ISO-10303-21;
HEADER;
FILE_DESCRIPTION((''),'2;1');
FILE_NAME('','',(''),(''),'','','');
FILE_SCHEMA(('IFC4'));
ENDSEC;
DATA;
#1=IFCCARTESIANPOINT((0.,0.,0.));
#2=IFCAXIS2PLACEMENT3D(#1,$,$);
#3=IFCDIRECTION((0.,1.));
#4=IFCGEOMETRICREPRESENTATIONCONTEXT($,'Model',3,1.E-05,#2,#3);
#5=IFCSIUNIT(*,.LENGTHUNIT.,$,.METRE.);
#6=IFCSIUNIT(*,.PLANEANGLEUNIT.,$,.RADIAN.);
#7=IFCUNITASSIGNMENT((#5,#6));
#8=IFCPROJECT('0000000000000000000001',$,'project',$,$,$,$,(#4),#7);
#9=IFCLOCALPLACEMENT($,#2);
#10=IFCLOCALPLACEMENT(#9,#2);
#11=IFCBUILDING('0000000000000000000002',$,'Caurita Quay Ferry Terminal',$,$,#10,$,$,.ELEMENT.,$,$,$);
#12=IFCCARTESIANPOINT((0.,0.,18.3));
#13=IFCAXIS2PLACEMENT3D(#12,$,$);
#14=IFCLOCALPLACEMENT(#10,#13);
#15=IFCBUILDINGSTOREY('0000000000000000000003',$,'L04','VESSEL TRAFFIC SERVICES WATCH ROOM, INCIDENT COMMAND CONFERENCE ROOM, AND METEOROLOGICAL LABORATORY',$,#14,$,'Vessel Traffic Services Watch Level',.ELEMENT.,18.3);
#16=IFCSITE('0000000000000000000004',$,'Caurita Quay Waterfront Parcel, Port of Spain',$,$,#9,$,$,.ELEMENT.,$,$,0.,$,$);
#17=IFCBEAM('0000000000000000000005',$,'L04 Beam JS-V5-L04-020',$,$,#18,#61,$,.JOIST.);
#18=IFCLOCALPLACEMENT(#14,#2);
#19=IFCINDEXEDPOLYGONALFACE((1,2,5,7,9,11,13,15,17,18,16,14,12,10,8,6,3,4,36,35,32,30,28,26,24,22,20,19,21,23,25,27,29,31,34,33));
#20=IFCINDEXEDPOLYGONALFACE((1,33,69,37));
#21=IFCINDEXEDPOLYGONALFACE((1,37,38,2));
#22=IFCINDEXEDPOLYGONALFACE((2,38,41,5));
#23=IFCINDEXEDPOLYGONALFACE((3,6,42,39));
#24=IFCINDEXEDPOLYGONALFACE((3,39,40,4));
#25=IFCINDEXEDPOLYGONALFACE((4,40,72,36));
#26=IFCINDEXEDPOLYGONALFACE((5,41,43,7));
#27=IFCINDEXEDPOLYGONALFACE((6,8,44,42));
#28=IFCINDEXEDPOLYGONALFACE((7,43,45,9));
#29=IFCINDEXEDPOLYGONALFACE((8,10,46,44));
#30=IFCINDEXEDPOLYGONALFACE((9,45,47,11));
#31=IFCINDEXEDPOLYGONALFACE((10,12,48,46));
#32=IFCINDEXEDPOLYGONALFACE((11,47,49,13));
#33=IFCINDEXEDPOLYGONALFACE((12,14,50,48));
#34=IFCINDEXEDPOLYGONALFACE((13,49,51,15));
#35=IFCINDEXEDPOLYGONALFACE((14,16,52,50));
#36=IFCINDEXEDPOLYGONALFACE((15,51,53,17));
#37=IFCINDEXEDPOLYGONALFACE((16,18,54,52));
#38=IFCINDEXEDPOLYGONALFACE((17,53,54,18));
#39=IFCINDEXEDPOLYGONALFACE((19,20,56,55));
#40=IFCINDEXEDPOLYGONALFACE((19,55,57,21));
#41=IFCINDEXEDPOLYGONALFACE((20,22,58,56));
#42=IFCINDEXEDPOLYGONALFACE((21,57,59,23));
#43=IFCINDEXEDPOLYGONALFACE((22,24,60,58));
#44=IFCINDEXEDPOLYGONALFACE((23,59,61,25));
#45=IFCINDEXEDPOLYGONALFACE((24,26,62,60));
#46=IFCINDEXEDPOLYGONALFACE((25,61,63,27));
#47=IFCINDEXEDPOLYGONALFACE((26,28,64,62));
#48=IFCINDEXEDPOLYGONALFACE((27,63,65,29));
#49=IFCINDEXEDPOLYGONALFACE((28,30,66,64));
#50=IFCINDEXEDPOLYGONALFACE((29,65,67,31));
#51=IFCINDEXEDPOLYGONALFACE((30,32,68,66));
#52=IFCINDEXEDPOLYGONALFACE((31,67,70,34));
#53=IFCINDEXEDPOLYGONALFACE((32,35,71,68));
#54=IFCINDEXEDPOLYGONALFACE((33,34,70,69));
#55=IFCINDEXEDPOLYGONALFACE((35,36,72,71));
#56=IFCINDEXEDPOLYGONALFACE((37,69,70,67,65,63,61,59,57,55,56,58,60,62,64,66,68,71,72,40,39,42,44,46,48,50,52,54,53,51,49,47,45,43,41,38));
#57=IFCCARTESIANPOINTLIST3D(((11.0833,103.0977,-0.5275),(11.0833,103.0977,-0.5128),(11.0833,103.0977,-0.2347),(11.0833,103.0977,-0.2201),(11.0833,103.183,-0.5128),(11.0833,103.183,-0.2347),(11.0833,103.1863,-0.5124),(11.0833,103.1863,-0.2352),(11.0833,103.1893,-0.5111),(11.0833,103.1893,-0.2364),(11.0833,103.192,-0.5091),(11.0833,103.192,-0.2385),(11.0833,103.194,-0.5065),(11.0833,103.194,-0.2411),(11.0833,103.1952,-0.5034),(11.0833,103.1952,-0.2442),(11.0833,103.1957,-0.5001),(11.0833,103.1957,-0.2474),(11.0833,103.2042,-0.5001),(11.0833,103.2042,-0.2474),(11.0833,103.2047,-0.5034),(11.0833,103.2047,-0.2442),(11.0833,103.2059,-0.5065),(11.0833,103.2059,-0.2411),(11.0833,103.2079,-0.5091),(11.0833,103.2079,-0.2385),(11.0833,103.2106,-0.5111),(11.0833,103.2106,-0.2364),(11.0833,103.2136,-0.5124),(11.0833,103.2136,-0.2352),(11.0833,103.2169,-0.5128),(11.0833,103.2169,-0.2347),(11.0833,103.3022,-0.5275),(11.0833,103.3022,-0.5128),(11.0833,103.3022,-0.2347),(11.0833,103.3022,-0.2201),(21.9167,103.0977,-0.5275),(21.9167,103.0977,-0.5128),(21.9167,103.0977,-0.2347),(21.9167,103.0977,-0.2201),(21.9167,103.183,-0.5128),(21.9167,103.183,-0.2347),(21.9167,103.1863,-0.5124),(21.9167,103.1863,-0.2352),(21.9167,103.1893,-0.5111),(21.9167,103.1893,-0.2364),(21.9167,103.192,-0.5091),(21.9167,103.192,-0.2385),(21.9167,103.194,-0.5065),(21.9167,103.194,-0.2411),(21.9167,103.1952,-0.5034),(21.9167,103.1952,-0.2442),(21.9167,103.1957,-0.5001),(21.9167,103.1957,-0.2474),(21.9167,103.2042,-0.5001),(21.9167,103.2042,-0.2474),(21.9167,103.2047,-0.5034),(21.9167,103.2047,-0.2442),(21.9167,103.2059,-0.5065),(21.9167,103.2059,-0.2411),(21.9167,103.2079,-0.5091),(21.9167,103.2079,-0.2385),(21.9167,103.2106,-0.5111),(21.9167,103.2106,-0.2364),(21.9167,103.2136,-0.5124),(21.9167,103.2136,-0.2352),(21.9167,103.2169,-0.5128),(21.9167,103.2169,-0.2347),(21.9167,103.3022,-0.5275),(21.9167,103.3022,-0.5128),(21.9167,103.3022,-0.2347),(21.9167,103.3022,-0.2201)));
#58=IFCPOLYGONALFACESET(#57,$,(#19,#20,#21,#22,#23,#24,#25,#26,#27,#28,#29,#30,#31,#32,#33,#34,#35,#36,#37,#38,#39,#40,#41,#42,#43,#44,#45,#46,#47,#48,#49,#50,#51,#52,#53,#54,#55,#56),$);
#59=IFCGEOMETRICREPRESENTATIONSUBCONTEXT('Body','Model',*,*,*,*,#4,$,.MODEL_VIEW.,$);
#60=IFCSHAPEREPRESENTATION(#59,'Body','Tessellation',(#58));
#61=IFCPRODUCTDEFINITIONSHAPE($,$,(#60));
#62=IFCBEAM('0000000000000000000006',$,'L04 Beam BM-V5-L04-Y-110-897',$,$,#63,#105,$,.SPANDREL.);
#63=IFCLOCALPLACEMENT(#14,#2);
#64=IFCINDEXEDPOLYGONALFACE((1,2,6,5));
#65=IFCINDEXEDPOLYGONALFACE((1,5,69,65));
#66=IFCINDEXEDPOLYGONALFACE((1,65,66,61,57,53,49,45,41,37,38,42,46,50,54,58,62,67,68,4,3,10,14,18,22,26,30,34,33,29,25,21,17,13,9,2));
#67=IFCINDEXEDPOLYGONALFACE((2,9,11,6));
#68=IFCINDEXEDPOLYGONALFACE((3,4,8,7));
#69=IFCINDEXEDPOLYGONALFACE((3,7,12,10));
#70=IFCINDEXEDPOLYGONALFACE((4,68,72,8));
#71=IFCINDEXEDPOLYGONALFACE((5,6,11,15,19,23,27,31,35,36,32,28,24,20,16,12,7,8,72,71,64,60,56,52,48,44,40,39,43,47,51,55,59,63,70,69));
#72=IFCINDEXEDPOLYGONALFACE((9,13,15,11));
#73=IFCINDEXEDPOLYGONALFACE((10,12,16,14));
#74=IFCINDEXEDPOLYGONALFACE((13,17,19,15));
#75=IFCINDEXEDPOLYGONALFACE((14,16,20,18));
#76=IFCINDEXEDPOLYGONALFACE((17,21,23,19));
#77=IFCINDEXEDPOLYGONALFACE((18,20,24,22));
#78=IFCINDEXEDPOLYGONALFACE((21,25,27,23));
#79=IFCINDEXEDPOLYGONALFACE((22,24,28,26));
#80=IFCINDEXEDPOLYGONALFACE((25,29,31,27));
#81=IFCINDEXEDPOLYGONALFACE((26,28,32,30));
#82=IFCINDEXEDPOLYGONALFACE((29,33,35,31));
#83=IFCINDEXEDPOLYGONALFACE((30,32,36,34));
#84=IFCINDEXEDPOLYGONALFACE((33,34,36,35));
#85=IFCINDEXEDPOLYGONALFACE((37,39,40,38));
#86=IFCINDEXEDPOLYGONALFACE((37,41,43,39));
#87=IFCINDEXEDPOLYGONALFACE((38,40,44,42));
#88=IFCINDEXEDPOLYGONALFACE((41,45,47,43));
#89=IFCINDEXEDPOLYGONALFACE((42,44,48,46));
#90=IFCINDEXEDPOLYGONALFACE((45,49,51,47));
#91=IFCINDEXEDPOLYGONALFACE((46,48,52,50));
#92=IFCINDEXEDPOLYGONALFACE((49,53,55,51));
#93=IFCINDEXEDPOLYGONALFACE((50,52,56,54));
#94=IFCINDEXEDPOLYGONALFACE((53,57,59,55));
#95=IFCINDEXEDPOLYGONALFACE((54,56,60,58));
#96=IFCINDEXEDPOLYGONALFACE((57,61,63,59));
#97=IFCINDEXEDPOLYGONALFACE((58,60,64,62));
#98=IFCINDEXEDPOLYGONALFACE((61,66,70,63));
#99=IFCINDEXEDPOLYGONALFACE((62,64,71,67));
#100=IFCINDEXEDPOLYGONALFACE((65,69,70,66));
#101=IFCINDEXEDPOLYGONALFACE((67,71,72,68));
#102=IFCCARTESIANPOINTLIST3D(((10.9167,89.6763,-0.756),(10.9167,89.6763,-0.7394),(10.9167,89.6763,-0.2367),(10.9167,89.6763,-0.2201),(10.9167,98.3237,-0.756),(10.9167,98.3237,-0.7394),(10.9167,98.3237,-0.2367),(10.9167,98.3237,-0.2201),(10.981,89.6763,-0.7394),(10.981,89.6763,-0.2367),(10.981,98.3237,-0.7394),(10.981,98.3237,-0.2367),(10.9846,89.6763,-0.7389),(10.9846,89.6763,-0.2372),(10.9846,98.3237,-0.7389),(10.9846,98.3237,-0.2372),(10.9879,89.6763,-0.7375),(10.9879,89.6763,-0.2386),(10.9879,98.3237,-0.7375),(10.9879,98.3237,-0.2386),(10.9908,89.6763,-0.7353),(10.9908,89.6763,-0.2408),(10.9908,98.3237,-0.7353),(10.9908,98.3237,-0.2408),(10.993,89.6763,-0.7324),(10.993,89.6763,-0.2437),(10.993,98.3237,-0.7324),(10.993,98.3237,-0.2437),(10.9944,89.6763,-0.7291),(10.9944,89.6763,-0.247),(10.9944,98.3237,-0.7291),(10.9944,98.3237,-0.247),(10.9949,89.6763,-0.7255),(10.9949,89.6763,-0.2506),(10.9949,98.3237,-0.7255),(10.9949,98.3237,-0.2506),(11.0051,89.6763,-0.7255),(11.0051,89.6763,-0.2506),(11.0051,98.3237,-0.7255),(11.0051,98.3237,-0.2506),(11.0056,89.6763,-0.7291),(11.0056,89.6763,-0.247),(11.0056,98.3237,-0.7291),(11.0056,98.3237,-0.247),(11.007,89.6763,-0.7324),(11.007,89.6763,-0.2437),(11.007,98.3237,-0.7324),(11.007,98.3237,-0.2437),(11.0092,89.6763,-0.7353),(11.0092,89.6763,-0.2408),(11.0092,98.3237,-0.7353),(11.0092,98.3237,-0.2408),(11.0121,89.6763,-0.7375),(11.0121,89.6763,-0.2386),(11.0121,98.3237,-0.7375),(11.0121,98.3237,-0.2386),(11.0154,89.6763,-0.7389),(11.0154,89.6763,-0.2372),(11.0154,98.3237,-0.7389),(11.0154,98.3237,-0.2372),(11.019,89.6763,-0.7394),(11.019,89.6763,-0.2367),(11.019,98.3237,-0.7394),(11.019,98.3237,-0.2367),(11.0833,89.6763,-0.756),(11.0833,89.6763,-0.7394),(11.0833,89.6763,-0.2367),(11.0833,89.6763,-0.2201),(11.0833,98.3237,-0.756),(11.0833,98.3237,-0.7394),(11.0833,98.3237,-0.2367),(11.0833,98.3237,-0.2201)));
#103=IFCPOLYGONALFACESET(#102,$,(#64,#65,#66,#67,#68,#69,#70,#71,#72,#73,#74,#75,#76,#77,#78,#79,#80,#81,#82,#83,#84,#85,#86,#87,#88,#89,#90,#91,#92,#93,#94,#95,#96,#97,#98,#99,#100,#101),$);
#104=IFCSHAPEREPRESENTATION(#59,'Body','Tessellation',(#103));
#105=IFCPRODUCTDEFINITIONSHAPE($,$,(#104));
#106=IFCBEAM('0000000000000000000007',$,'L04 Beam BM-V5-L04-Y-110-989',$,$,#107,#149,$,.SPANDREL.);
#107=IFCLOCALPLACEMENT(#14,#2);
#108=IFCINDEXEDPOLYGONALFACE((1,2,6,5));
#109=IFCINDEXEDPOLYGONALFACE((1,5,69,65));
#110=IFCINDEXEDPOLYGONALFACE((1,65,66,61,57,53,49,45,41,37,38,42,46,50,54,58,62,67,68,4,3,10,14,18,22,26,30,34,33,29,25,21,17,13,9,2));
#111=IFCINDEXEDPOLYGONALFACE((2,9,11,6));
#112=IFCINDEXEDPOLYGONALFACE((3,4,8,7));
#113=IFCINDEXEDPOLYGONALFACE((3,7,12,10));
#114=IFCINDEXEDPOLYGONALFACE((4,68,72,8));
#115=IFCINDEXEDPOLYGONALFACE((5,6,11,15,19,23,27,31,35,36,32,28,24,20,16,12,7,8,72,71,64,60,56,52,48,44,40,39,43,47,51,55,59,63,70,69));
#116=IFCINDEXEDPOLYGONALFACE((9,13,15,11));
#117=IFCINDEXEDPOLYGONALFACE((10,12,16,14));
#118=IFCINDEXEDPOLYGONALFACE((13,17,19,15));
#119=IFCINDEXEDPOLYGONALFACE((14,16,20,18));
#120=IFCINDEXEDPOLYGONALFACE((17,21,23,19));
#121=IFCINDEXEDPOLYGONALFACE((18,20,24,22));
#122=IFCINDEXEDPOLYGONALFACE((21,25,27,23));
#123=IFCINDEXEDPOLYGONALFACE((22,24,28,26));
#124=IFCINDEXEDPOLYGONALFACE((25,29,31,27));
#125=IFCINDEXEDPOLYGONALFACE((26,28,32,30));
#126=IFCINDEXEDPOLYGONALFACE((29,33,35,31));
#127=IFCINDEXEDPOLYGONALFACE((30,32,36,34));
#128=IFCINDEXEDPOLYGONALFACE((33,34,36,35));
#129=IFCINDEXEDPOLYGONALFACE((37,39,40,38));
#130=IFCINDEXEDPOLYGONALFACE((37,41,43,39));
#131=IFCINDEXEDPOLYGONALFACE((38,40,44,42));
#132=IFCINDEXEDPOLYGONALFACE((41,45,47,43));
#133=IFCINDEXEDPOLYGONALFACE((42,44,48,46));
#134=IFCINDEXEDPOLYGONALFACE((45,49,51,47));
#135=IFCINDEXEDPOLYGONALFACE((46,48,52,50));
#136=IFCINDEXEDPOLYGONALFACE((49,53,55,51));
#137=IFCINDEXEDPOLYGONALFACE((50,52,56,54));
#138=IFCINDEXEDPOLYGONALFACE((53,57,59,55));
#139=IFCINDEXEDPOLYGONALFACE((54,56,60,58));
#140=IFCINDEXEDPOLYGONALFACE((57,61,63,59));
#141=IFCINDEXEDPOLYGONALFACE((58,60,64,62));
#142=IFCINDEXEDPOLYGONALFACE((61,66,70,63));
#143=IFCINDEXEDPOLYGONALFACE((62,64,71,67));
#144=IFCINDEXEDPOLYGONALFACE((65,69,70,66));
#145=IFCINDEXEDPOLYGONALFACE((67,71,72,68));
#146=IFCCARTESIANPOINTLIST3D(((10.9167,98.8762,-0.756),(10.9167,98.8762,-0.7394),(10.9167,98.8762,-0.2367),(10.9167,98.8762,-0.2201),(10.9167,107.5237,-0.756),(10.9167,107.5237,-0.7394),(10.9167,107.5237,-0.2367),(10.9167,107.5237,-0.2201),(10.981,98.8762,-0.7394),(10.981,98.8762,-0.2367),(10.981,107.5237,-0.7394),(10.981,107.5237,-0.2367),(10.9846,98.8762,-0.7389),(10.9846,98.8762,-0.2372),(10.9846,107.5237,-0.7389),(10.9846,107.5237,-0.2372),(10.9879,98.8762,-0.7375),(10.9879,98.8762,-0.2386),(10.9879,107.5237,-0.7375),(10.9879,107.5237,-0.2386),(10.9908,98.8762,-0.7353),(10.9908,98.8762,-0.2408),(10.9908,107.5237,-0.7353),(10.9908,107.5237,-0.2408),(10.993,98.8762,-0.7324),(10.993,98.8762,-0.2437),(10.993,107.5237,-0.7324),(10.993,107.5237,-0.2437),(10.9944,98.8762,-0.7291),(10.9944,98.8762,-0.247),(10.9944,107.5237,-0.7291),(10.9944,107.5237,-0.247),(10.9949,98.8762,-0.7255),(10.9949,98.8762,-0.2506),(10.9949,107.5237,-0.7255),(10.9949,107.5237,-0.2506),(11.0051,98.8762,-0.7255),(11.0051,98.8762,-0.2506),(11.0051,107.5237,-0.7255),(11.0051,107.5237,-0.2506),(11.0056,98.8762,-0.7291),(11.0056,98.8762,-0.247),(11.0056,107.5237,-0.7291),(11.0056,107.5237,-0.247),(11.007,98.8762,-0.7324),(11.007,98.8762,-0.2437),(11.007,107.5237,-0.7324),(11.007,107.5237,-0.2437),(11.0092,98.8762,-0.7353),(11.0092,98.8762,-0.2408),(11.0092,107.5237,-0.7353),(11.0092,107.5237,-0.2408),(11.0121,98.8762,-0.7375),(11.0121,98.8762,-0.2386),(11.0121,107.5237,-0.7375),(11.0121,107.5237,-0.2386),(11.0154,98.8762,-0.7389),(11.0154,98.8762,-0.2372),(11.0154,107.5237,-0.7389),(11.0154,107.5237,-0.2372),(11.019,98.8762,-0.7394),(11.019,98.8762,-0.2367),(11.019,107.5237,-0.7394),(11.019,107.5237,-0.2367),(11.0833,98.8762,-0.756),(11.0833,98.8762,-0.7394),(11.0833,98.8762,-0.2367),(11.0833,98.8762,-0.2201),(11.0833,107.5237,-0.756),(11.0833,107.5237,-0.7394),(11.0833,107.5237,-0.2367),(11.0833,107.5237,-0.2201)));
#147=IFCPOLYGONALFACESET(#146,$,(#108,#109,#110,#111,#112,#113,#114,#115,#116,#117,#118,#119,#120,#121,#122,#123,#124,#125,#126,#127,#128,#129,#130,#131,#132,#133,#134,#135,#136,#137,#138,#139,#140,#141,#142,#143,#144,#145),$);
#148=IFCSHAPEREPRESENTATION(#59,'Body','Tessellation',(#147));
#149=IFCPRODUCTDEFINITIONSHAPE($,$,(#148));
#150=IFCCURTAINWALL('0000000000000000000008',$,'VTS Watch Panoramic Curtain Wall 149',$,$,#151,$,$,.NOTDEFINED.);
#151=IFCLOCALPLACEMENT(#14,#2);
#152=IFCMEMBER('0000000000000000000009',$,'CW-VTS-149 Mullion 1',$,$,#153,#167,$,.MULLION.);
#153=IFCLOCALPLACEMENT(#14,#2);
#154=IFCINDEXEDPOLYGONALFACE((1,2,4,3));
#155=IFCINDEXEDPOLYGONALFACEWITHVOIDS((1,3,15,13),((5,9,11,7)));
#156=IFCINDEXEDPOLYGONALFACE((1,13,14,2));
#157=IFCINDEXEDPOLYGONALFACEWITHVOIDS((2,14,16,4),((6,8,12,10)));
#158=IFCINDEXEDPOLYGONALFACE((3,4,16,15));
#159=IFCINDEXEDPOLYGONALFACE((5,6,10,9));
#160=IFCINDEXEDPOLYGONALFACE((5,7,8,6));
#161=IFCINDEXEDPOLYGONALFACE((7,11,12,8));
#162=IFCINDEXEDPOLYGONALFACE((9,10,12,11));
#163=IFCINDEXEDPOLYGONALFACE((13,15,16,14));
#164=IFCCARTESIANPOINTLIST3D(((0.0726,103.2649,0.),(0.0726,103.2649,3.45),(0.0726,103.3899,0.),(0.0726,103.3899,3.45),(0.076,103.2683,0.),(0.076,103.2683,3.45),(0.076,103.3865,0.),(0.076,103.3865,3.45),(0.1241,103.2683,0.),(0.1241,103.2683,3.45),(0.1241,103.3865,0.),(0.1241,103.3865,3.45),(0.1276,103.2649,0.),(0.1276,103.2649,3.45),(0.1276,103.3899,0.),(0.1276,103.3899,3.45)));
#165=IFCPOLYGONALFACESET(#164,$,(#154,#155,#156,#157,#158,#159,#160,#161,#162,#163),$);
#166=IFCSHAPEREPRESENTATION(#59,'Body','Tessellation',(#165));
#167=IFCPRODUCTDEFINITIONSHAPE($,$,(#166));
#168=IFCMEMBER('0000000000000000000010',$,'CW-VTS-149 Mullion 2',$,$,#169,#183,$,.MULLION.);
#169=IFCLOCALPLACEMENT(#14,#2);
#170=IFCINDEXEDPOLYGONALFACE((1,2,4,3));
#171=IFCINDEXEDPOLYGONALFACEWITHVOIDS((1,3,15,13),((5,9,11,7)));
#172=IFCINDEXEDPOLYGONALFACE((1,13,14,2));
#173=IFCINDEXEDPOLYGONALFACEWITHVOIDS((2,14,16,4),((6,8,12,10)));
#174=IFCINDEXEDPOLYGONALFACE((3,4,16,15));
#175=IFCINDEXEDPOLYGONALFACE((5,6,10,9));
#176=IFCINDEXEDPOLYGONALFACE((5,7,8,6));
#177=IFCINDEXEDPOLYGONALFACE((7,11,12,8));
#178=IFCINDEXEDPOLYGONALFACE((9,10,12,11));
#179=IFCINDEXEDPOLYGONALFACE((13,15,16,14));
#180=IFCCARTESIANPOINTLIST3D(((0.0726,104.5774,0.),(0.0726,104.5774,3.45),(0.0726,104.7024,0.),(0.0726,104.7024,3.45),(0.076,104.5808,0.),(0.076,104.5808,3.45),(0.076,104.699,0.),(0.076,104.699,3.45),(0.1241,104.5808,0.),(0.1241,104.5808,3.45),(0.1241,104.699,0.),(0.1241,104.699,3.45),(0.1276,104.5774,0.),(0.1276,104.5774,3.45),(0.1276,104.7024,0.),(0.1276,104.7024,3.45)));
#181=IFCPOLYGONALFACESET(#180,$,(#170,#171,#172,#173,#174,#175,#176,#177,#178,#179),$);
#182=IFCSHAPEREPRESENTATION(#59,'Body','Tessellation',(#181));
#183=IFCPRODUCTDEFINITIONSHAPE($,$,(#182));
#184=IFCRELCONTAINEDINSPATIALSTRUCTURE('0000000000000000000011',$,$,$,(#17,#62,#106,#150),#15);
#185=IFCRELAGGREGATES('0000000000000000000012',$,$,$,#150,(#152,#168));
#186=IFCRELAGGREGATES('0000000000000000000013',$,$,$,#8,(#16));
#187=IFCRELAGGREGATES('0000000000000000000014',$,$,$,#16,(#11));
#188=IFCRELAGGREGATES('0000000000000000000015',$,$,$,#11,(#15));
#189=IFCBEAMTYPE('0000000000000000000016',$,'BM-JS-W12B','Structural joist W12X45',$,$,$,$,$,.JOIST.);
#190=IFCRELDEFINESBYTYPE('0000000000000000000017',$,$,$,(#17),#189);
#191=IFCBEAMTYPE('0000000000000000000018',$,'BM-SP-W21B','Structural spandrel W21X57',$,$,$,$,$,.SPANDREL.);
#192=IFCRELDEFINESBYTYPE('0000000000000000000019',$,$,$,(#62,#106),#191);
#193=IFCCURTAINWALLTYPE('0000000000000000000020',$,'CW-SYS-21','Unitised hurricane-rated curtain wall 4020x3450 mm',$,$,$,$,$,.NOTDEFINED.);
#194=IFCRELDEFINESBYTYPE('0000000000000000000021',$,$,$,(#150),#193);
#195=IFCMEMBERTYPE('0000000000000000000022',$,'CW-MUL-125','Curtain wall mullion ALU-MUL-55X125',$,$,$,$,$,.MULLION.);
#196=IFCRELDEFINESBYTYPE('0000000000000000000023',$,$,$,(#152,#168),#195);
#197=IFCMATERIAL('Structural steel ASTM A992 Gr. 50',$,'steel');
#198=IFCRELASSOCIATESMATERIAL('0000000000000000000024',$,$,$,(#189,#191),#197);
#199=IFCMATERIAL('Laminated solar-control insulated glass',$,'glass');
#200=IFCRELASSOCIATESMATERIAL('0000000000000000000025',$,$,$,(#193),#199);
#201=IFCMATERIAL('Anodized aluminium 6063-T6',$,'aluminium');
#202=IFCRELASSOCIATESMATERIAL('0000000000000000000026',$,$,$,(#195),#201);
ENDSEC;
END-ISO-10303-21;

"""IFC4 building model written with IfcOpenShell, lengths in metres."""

from ifc_helpers import new_model, si_unit, direction, frame, origin, origin_2d, place, context, subcontext, project, spatial, hollow_rectangle, i_section, extrude, material, material_profile, profile_set, type_object, element, aggregate, save


model = new_model("IFC4")

# Units and contexts
model_context = context("Model", 3, precision=1e-05, world=origin(), true_north=direction((0.0, 1.0)))
body_context = subcontext(model_context, "Body", "Model", "MODEL_VIEW")
ifc_project = project(units=[si_unit("LENGTHUNIT", "METRE"), si_unit("PLANEANGLEUNIT", "RADIAN")], contexts=[model_context])

# Site, building, storey
site_placement = place(None, origin())
site = spatial("IfcSite", under=ifc_project, at=site_placement, Name="Caurita Quay Waterfront Parcel, Port of Spain", CompositionType="ELEMENT", RefElevation=0.0)
building_placement = place(site_placement, origin())
building = spatial("IfcBuilding", under=site, at=building_placement, Name="Caurita Quay Ferry Terminal", CompositionType="ELEMENT")
storey_placement = place(building_placement, frame((0.0, 0.0, 18.3)))
storey = spatial("IfcBuildingStorey", under=building, at=storey_placement, Name="L04", Description="VESSEL TRAFFIC SERVICES WATCH ROOM, INCIDENT COMMAND CONFERENCE ROOM, AND METEOROLOGICAL LABORATORY", LongName="Vessel Traffic Services Watch Level", CompositionType="ELEMENT", Elevation=18.3)

# Beams
ifc_material_1 = material(Name="Structural steel ASTM A992 Gr. 50", Category="steel")
ifc_material_profile_1 = material_profile(ifc_material_1, i_section(OverallWidth=0.2046, OverallDepth=0.3074, WebThickness=0.0085, FlangeThickness=0.0146, FilletRadius=0.0127, at=origin_2d()), Name="W12X45")
ifc_profile_set_1 = profile_set([ifc_material_profile_1], Name="Structural steel ASTM A992 Gr. 50")
beam_type_1 = type_object("IfcBeamType", Name="BM-JS-W12B", Description="Structural joist W12X45", PredefinedType="JOIST", material=ifc_profile_set_1)
for number, where, z_axis, x_axis, name in (
    (1, (11.0833, 103.2, -0.3738), (1.0, 0.0, 0.0), (0.0, 1.0, 0.0), "L04 Beam JS-V5-L04-020"),
):
    element("IfcBeam", number, at=place(storey_placement, frame(where, z_axis=z_axis, x_axis=x_axis)), inside=storey, type_object=beam_type_1, Name=name, PredefinedType="JOIST", context=body_context, shape_type="SweptSolid", body=[
        extrude(i_section(OverallWidth=0.2046, OverallDepth=0.3074, WebThickness=0.0085, FlangeThickness=0.0146, FilletRadius=0.0127, at=origin_2d()), origin(), (0.0, 0.0, 1.0), 10.8335),
    ])
ifc_material_profile_2 = material_profile(ifc_material_1, i_section(OverallWidth=0.1665, OverallDepth=0.5359, WebThickness=0.0103, FlangeThickness=0.0166, FilletRadius=0.0139, at=origin_2d()), Name="W21X57")
ifc_profile_set_2 = profile_set([ifc_material_profile_2], Name="Structural steel ASTM A992 Gr. 50")
beam_type_2 = type_object("IfcBeamType", Name="BM-SP-W21B", Description="Structural spandrel W21X57", PredefinedType="SPANDREL", material=ifc_profile_set_2)
for number, where, z_axis, x_axis, name in (
    (2, (11.0, 89.6763, -0.488), (0.0, 1.0, 0.0), (-1.0, 0.0, 0.0), "L04 Beam BM-V5-L04-Y-110-897"),
    (3, (11.0, 98.8762, -0.488), (0.0, 1.0, 0.0), (-1.0, 0.0, 0.0), "L04 Beam BM-V5-L04-Y-110-989"),
):
    element("IfcBeam", number, at=place(storey_placement, frame(where, z_axis=z_axis, x_axis=x_axis)), inside=storey, type_object=beam_type_2, Name=name, PredefinedType="SPANDREL", context=body_context, shape_type="SweptSolid", body=[
        extrude(i_section(OverallWidth=0.1665, OverallDepth=0.5359, WebThickness=0.0103, FlangeThickness=0.0166, FilletRadius=0.0139, at=origin_2d()), origin(), (0.0, 0.0, 1.0), 8.6475),
    ])

# Curtain wall, members
ifc_material_2 = material(Name="Laminated solar-control insulated glass", Category="glass")
curtain_wall_type = type_object("IfcCurtainWallType", Name="CW-SYS-21", Description="Unitised hurricane-rated curtain wall 4020x3450 mm", PredefinedType="NOTDEFINED", material=ifc_material_2)
curtain_wall_placement = place(storey_placement, origin())
curtain_wall = element("IfcCurtainWall", 4, at=curtain_wall_placement, inside=storey, type_object=curtain_wall_type, Name="VTS Watch Panoramic Curtain Wall 149", PredefinedType="NOTDEFINED")
ifc_material_3 = material(Name="Anodized aluminium 6063-T6", Category="aluminium")
ifc_material_profile_3 = material_profile(ifc_material_3, hollow_rectangle(XDim=0.0549, YDim=0.125, WallThickness=0.0034, at=origin_2d()), Name="ALU-MUL-55X125")
ifc_profile_set_3 = profile_set([ifc_material_profile_3], Name="Anodized aluminium 6063-T6")
member_type_1 = type_object("IfcMemberType", Name="CW-MUL-125", Description="Curtain wall mullion ALU-MUL-55X125", PredefinedType="MULLION", material=ifc_profile_set_3)
member_1_placement = place(storey_placement, frame((0.1001, 103.3274, 0.0), z_axis=(0.0, 0.0, 1.0), x_axis=(-1.0, 0.0, 0.0)))
member_1 = element("IfcMember", 5, at=member_1_placement, type_object=member_type_1, Name="CW-VTS-149 Mullion 1", PredefinedType="MULLION", context=body_context, shape_type="SweptSolid", body=[
    extrude(hollow_rectangle(XDim=0.0549, YDim=0.125, WallThickness=0.0034, at=origin_2d()), origin(), (0.0, 0.0, 1.0), 3.45),
])
member_2_placement = place(storey_placement, frame((0.1001, 104.6399, 0.0), z_axis=(0.0, 0.0, 1.0), x_axis=(-1.0, 0.0, 0.0)))
member_2 = element("IfcMember", 6, at=member_2_placement, type_object=member_type_1, Name="CW-VTS-149 Mullion 2", PredefinedType="MULLION", context=body_context, shape_type="SweptSolid", body=[
    extrude(hollow_rectangle(XDim=0.0549, YDim=0.125, WallThickness=0.0034, at=origin_2d()), origin(), (0.0, 0.0, 1.0), 3.45),
])
aggregate(curtain_wall, [member_1, member_2])

save(model, "model.ifc")
